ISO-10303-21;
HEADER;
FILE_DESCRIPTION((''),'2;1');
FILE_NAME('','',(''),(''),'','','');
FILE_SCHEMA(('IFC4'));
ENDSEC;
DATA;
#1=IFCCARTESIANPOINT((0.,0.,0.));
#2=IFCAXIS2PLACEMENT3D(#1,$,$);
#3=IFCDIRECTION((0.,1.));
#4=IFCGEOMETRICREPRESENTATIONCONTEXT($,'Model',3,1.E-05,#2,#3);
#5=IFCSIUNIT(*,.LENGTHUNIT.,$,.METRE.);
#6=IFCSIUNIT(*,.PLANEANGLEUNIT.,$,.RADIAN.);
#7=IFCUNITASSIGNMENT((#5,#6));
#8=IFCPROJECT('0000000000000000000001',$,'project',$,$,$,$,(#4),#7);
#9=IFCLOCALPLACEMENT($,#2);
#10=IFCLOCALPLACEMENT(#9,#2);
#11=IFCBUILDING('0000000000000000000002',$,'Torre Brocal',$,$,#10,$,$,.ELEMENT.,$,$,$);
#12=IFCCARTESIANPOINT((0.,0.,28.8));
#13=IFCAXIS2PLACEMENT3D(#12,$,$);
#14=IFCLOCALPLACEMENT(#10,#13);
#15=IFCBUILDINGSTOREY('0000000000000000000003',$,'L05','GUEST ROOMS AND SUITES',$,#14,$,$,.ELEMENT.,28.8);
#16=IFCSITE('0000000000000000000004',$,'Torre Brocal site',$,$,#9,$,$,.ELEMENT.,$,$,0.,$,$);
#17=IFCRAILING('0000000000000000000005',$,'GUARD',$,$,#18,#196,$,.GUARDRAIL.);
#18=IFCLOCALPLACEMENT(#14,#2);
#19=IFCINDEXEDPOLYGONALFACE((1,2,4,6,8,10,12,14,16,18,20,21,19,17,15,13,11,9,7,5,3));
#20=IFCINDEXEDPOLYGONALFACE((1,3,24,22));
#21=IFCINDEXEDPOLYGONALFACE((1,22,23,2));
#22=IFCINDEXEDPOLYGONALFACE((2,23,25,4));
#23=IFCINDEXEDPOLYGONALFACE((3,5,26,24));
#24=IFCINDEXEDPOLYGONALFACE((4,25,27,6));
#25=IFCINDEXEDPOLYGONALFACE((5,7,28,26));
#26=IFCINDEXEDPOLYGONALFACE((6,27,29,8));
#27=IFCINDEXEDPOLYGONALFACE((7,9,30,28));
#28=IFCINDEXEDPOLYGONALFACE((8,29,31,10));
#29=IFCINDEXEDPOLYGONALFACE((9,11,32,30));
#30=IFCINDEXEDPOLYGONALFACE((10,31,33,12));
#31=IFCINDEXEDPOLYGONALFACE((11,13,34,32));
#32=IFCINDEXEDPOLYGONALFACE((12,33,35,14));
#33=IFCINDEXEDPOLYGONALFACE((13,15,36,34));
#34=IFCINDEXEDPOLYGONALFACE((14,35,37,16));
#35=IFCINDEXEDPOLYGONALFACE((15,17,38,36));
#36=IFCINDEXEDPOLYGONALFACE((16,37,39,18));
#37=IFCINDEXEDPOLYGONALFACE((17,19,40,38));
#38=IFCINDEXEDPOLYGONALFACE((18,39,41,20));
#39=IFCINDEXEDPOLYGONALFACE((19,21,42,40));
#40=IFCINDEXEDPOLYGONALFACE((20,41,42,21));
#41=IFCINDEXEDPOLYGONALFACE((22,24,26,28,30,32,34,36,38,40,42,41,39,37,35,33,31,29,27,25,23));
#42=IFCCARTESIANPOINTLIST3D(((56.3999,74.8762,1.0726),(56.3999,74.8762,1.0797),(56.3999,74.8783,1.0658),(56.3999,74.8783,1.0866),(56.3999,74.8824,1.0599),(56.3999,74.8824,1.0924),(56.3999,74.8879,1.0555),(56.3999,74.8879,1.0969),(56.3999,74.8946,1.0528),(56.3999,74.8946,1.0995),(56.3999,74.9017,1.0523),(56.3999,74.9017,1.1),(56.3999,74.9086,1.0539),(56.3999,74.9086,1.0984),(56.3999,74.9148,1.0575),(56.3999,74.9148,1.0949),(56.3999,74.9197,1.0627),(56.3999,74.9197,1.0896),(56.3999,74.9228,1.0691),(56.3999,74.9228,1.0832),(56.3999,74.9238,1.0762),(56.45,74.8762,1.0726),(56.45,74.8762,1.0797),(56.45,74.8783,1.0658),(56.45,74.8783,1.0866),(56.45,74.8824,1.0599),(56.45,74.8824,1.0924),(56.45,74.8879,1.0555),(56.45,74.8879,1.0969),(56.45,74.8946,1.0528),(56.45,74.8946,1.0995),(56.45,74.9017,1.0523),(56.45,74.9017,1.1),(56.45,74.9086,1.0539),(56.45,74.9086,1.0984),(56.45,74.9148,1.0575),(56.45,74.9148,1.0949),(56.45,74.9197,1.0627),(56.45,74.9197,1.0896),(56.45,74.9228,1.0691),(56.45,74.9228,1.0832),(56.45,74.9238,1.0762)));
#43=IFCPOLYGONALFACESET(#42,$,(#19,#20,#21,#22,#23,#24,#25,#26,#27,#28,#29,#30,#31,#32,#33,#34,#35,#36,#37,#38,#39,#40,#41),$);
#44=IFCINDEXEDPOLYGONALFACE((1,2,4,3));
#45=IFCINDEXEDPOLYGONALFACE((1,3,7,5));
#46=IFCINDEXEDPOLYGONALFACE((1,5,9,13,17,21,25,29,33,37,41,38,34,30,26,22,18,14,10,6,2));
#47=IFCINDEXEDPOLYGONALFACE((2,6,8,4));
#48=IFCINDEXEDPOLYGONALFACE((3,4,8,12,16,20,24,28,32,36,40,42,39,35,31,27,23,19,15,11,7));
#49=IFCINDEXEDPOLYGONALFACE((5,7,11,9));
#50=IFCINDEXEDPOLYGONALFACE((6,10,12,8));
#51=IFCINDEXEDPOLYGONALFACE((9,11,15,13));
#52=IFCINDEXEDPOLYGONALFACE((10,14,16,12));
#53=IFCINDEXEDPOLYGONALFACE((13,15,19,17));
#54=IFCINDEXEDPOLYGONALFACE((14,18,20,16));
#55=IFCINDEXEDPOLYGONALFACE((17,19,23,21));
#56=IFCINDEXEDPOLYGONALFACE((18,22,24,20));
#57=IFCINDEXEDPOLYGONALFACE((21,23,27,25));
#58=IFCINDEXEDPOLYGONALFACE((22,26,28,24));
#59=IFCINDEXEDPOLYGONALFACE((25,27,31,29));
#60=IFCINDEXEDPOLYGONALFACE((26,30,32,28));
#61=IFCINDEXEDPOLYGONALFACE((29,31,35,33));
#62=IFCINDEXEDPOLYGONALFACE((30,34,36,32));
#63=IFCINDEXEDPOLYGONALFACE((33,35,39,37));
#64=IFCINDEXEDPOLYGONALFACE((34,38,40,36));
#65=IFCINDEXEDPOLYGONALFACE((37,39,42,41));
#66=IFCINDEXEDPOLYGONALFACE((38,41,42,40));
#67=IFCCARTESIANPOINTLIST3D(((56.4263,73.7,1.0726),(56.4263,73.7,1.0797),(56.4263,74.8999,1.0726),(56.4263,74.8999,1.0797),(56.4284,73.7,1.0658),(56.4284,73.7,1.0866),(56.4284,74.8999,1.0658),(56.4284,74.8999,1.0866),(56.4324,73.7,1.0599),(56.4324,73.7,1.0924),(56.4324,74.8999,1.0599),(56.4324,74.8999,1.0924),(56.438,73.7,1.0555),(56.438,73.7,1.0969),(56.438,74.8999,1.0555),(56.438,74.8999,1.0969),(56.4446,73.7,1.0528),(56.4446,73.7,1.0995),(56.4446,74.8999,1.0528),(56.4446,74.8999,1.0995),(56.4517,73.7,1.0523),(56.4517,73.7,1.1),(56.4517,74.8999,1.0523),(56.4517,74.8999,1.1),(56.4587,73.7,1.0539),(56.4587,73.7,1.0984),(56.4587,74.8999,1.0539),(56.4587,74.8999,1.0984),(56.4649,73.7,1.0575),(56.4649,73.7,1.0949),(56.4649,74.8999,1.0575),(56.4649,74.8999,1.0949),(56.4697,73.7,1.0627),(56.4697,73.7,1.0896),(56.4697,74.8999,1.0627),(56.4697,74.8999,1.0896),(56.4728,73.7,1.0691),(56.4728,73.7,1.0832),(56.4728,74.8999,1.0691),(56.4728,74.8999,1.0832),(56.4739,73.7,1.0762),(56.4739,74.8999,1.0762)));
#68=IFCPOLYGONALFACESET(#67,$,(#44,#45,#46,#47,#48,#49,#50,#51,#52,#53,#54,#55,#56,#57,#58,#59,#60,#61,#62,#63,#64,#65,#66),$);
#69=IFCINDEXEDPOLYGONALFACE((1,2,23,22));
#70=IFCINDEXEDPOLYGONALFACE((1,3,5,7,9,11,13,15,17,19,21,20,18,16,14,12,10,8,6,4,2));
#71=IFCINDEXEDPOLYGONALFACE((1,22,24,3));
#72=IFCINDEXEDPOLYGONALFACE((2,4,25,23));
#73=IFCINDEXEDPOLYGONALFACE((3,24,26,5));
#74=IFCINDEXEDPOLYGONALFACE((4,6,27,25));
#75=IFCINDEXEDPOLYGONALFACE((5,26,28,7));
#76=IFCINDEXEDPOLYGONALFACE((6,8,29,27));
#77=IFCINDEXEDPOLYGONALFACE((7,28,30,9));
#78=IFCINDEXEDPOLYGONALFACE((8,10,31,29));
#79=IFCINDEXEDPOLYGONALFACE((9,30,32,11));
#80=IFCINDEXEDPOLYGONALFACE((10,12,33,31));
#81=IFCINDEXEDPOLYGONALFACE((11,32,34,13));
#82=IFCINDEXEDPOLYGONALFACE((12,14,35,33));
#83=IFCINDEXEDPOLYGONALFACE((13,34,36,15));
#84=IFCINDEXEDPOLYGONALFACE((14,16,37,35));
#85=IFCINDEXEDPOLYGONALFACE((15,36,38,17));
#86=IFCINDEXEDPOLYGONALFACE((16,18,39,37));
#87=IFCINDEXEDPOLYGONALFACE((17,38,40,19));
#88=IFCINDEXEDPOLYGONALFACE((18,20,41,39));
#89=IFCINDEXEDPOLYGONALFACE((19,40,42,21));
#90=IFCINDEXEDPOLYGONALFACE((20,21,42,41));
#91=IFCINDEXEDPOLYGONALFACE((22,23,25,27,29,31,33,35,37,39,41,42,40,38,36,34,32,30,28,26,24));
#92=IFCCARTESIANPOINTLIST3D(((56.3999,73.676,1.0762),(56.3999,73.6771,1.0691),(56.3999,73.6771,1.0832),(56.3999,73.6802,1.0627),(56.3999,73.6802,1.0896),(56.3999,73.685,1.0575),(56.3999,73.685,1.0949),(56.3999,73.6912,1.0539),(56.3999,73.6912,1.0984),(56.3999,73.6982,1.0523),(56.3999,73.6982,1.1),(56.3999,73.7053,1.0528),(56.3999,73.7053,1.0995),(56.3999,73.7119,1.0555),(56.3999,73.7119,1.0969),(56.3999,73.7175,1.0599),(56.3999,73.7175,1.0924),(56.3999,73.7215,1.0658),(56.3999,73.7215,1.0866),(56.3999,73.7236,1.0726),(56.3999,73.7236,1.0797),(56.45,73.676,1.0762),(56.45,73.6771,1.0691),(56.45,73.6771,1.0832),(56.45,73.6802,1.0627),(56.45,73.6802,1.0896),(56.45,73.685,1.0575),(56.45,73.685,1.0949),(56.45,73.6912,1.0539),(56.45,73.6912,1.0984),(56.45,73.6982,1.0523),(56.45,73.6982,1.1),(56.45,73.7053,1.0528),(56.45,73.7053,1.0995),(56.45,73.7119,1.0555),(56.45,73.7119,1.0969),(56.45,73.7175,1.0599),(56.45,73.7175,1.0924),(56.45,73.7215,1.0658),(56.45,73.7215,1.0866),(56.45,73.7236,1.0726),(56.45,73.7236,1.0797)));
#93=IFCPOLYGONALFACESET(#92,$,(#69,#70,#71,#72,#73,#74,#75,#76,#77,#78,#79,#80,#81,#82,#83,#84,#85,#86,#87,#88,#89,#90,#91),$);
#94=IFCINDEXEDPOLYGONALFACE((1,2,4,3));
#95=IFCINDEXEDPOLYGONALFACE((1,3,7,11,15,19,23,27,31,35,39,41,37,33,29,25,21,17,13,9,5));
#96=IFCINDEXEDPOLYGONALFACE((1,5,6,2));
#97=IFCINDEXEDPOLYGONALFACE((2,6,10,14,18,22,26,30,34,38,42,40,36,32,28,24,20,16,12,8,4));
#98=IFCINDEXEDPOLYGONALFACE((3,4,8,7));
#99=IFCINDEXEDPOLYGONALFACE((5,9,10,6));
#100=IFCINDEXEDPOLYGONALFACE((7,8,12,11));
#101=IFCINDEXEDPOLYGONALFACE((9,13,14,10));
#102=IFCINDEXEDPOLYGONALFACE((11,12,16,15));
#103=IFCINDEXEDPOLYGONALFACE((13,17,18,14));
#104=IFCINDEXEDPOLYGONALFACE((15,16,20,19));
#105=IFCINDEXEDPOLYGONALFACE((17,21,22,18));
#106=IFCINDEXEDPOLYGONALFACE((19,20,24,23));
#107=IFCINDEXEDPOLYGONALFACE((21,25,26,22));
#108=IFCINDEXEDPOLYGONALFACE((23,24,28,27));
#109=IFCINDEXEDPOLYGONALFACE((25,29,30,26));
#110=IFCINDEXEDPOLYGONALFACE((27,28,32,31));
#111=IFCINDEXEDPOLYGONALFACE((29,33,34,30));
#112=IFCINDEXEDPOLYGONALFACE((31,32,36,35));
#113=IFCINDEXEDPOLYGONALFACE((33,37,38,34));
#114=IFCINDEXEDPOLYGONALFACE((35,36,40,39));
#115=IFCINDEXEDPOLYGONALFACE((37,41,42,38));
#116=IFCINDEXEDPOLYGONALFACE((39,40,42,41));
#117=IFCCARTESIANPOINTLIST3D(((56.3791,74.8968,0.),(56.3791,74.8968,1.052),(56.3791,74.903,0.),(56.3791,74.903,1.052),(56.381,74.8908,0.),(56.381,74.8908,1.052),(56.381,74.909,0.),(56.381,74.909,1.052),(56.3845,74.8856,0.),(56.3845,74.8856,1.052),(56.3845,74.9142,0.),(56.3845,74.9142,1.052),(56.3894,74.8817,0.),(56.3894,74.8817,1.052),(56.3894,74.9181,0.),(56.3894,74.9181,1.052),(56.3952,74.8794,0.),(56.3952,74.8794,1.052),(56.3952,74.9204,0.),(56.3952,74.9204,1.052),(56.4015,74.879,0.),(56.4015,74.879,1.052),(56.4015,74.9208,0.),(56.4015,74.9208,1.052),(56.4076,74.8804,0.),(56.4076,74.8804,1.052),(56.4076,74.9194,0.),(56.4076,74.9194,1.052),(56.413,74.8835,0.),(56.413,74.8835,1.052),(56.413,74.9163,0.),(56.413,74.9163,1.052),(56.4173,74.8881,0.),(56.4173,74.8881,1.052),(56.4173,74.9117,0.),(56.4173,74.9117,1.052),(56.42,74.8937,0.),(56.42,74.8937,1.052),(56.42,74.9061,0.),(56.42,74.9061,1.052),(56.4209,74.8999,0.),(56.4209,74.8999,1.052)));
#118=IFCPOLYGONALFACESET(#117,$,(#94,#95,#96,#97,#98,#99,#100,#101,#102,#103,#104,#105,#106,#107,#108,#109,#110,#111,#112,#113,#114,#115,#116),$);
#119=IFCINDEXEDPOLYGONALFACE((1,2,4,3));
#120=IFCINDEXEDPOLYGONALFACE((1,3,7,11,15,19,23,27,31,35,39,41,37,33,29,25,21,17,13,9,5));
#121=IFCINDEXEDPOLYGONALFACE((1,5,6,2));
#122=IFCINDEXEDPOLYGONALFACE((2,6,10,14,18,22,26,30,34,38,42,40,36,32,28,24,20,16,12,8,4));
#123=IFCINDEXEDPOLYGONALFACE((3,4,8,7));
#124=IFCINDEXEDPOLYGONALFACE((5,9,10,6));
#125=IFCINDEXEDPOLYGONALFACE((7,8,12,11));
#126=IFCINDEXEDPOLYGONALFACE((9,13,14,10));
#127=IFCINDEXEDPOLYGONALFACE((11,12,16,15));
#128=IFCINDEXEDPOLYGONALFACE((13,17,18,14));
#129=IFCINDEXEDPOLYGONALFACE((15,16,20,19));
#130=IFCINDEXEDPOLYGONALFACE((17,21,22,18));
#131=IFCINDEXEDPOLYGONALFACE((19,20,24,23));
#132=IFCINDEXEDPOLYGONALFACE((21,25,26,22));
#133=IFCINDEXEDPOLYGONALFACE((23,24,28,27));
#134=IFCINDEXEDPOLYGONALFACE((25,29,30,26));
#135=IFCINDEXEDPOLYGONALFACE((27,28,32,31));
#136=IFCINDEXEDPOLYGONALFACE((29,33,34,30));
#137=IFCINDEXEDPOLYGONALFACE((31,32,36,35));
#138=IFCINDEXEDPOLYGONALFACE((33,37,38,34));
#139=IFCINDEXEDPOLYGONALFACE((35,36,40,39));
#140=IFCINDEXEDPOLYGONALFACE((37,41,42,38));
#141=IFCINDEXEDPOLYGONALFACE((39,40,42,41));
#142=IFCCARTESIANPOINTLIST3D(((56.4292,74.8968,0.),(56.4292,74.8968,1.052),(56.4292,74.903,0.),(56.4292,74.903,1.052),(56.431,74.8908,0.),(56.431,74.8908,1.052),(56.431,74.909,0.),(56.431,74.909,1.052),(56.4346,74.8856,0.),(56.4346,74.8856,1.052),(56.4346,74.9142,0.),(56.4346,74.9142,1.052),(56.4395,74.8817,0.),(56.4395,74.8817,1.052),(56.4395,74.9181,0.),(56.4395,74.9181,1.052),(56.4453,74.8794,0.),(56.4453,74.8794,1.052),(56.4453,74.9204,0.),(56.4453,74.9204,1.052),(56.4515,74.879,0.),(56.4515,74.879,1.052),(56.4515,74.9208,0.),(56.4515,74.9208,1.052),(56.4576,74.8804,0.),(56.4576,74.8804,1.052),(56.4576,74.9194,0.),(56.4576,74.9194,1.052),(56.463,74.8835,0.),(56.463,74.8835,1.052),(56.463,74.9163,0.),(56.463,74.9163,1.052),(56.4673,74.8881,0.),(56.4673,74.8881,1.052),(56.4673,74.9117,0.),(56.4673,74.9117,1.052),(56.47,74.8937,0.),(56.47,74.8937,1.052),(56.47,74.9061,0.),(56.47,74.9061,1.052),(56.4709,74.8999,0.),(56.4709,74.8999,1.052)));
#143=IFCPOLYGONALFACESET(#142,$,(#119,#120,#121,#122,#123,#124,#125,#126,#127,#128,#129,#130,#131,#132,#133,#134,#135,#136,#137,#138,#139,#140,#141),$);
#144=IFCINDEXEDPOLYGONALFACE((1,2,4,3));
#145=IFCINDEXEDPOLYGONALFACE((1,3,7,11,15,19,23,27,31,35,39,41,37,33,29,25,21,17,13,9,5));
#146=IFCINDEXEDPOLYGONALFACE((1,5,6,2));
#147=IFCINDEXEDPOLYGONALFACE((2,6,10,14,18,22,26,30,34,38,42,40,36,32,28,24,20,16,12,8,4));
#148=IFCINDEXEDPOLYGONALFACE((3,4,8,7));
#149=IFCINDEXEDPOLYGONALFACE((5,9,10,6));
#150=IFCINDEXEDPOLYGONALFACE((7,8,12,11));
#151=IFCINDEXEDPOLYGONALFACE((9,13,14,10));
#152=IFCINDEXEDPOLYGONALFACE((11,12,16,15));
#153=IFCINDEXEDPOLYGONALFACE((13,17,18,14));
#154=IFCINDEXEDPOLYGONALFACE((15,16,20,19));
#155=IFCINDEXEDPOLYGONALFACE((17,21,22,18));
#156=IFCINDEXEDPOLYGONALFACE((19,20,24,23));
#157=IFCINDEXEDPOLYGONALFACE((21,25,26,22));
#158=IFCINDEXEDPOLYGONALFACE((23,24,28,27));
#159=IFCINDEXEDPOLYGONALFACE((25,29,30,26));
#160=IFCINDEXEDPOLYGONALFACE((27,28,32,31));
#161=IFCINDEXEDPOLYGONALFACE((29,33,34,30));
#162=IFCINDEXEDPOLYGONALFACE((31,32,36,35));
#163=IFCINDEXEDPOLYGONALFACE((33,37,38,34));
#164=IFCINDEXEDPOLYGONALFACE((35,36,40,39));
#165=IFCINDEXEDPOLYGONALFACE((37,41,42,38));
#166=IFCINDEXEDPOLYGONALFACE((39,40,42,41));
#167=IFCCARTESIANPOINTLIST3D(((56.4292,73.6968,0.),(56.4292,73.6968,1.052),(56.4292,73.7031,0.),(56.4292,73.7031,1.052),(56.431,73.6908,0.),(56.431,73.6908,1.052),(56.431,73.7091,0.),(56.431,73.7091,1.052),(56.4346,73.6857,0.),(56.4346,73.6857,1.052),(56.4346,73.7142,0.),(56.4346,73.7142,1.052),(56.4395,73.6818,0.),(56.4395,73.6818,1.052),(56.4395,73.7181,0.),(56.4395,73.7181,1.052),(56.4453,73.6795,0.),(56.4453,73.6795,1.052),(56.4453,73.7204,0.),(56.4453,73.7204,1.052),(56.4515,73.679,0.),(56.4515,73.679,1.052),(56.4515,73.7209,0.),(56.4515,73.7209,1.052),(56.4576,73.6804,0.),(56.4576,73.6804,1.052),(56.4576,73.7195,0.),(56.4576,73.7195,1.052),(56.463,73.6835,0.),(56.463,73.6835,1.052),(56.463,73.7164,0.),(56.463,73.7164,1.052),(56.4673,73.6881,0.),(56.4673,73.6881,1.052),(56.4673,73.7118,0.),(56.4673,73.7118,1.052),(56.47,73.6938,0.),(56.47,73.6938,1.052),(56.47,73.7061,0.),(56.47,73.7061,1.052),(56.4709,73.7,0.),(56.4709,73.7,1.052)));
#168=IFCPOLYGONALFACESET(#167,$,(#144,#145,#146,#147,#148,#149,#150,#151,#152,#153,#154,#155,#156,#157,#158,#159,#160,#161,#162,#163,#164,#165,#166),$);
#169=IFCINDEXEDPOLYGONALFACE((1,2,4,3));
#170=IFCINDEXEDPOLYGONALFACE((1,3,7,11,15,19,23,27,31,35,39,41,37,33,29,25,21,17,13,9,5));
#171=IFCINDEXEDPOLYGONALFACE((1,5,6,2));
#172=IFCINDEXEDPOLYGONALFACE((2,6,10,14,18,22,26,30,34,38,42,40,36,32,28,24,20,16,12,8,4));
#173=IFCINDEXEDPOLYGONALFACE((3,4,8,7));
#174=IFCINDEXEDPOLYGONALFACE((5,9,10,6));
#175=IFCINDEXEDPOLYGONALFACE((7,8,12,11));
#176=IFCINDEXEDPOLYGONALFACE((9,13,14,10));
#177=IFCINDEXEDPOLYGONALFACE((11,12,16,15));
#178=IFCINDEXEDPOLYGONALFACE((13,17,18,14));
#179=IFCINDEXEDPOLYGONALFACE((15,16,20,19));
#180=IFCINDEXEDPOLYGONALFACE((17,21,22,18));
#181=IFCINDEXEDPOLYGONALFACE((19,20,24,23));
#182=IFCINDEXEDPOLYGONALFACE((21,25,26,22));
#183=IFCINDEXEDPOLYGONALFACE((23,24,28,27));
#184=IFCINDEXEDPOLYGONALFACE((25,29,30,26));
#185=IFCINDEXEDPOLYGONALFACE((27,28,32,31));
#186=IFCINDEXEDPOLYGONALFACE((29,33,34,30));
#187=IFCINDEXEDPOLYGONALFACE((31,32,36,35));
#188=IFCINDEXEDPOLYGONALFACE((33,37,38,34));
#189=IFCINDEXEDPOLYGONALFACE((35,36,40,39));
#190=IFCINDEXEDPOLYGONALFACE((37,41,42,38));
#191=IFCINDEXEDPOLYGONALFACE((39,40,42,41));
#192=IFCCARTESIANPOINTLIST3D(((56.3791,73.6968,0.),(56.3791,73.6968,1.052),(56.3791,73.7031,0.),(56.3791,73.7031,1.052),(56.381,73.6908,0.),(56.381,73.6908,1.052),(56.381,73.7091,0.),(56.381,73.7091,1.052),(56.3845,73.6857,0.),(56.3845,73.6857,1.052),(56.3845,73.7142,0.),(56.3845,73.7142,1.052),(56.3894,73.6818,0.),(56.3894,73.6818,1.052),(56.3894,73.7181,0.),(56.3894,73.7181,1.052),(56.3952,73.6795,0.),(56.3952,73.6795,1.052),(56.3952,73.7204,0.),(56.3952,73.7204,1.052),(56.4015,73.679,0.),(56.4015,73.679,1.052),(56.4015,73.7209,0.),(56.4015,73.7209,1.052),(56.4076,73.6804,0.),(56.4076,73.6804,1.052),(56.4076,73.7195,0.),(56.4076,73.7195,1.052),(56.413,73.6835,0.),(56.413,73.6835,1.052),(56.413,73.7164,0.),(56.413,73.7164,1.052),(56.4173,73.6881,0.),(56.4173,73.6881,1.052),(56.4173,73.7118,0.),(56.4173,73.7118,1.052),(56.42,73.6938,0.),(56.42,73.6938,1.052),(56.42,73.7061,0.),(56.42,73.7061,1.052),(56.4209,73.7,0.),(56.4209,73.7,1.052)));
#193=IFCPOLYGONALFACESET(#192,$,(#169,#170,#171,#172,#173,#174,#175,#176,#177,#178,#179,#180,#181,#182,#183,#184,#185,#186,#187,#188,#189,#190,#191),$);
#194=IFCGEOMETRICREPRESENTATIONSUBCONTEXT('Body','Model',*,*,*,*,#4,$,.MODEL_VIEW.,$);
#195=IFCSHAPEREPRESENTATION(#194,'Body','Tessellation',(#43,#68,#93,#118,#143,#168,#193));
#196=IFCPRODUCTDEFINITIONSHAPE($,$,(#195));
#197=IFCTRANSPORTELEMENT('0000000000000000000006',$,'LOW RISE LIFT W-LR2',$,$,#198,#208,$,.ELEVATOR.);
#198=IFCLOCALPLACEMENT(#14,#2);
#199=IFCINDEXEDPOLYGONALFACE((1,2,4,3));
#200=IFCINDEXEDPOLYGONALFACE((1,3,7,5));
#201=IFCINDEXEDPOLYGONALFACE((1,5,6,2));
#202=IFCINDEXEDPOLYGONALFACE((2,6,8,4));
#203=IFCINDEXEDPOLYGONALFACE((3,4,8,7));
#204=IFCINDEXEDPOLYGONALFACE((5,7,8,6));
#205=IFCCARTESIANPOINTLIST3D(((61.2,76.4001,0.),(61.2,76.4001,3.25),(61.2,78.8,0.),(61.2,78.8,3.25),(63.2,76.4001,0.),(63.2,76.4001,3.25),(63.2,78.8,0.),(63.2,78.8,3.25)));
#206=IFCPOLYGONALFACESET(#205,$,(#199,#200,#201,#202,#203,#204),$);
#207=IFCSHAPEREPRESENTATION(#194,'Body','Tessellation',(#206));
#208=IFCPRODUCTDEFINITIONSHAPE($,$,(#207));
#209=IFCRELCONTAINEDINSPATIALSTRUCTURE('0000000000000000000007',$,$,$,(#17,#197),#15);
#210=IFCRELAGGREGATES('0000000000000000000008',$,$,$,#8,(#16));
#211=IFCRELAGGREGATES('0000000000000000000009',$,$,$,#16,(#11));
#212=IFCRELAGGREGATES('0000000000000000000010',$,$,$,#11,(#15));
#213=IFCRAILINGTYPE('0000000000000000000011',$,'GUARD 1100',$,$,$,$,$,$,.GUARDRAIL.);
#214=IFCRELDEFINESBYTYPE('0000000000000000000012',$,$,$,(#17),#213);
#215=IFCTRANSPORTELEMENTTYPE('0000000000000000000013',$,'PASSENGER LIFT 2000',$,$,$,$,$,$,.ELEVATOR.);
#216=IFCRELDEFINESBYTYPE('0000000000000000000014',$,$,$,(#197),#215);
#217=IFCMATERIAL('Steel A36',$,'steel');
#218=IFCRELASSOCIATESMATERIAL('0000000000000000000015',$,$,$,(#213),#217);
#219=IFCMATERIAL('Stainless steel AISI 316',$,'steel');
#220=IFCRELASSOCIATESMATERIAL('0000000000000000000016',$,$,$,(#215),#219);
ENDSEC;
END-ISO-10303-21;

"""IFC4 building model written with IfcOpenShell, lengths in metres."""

from ifc_helpers import new_model, si_unit, direction, frame, origin, origin_2d, place, context, subcontext, project, spatial, rectangle, circle, extrude, material, type_object, element, save


model = new_model("IFC4")

# Units and contexts
model_context = context("Model", 3, precision=1e-05, world=origin(), true_north=direction((0.0, 1.0)))
body_context = subcontext(model_context, "Body", "Model", "MODEL_VIEW")
ifc_project = project(units=[si_unit("LENGTHUNIT", "METRE"), si_unit("PLANEANGLEUNIT", "RADIAN")], contexts=[model_context])

# Site, building, storey
site_placement = place(None, origin())
site = spatial("IfcSite", under=ifc_project, at=site_placement, Name="Torre Brocal site", CompositionType="ELEMENT", RefElevation=0.0)
building_placement = place(site_placement, origin())
building = spatial("IfcBuilding", under=site, at=building_placement, Name="Torre Brocal", CompositionType="ELEMENT")
storey_placement = place(building_placement, frame((0.0, 0.0, 28.8)))
storey = spatial("IfcBuildingStorey", under=building, at=storey_placement, Name="L05", Description="GUEST ROOMS AND SUITES", CompositionType="ELEMENT", Elevation=28.8)

# Railing
ifc_material_1 = material(Name="Steel A36", Category="steel")
railing_type = type_object("IfcRailingType", Name="GUARD 1100", PredefinedType="GUARDRAIL", material=ifc_material_1)
for number, where, name in (
    (1, (56.3999, 74.8999, 0.0), "GUARD"),
):
    element("IfcRailing", number, at=place(storey_placement, frame(where)), inside=storey, type_object=railing_type, Name=name, PredefinedType="GUARDRAIL", context=body_context, shape_type="SweptSolid", body=[
        extrude(circle(Radius=0.0239, at=origin_2d()), frame((0.0, 0.0, 1.0762), z_axis=(1.0, 0.0, 0.0), x_axis=(0.0, 1.0, 0.0)), (0.0, 0.0, 1.0), 0.05),
        extrude(circle(Radius=0.0239, at=origin_2d()), frame((0.05, 0.0, 1.0762), z_axis=(0.0, -1.0, 0.0), x_axis=(1.0, 0.0, 0.0)), (0.0, 0.0, 1.0), 1.2),
        extrude(circle(Radius=0.0239, at=origin_2d()), frame((0.05, -1.2, 1.0762), z_axis=(-1.0, 0.0, 0.0), x_axis=(0.0, -1.0, 0.0)), (0.0, 0.0, 1.0), 0.05),
        extrude(circle(Radius=0.021, at=origin_2d()), origin(), (0.0, 0.0, 1.0), 1.052),
        extrude(circle(Radius=0.021, at=origin_2d()), frame((0.05, 0.0, 0.0)), (0.0, 0.0, 1.0), 1.052),
        extrude(circle(Radius=0.021, at=origin_2d()), frame((0.05, -1.2, 0.0)), (0.0, 0.0, 1.0), 1.052),
        extrude(circle(Radius=0.021, at=origin_2d()), frame((0.0, -1.2, 0.0)), (0.0, 0.0, 1.0), 1.052),
    ])

# Transport element
ifc_material_2 = material(Name="Stainless steel AISI 316", Category="steel")
transport_element_type_1 = type_object("IfcTransportElementType", Name="PASSENGER LIFT 2000", PredefinedType="ELEVATOR", material=ifc_material_2)
transport_element_placement = place(storey_placement, frame((62.2, 77.6001, 0.0), z_axis=(0.0, 0.0, 1.0), x_axis=(1.0, 0.0, 0.0)))
element("IfcTransportElement", 2, at=transport_element_placement, inside=storey, type_object=transport_element_type_1, Name="LOW RISE LIFT W-LR2", PredefinedType="ELEVATOR", context=body_context, shape_type="SweptSolid", body=[
    extrude(rectangle(XDim=2.0, YDim=2.3999, at=origin_2d()), origin(), (0.0, 0.0, 1.0), 3.25),
])

save(model, "model.ifc")
